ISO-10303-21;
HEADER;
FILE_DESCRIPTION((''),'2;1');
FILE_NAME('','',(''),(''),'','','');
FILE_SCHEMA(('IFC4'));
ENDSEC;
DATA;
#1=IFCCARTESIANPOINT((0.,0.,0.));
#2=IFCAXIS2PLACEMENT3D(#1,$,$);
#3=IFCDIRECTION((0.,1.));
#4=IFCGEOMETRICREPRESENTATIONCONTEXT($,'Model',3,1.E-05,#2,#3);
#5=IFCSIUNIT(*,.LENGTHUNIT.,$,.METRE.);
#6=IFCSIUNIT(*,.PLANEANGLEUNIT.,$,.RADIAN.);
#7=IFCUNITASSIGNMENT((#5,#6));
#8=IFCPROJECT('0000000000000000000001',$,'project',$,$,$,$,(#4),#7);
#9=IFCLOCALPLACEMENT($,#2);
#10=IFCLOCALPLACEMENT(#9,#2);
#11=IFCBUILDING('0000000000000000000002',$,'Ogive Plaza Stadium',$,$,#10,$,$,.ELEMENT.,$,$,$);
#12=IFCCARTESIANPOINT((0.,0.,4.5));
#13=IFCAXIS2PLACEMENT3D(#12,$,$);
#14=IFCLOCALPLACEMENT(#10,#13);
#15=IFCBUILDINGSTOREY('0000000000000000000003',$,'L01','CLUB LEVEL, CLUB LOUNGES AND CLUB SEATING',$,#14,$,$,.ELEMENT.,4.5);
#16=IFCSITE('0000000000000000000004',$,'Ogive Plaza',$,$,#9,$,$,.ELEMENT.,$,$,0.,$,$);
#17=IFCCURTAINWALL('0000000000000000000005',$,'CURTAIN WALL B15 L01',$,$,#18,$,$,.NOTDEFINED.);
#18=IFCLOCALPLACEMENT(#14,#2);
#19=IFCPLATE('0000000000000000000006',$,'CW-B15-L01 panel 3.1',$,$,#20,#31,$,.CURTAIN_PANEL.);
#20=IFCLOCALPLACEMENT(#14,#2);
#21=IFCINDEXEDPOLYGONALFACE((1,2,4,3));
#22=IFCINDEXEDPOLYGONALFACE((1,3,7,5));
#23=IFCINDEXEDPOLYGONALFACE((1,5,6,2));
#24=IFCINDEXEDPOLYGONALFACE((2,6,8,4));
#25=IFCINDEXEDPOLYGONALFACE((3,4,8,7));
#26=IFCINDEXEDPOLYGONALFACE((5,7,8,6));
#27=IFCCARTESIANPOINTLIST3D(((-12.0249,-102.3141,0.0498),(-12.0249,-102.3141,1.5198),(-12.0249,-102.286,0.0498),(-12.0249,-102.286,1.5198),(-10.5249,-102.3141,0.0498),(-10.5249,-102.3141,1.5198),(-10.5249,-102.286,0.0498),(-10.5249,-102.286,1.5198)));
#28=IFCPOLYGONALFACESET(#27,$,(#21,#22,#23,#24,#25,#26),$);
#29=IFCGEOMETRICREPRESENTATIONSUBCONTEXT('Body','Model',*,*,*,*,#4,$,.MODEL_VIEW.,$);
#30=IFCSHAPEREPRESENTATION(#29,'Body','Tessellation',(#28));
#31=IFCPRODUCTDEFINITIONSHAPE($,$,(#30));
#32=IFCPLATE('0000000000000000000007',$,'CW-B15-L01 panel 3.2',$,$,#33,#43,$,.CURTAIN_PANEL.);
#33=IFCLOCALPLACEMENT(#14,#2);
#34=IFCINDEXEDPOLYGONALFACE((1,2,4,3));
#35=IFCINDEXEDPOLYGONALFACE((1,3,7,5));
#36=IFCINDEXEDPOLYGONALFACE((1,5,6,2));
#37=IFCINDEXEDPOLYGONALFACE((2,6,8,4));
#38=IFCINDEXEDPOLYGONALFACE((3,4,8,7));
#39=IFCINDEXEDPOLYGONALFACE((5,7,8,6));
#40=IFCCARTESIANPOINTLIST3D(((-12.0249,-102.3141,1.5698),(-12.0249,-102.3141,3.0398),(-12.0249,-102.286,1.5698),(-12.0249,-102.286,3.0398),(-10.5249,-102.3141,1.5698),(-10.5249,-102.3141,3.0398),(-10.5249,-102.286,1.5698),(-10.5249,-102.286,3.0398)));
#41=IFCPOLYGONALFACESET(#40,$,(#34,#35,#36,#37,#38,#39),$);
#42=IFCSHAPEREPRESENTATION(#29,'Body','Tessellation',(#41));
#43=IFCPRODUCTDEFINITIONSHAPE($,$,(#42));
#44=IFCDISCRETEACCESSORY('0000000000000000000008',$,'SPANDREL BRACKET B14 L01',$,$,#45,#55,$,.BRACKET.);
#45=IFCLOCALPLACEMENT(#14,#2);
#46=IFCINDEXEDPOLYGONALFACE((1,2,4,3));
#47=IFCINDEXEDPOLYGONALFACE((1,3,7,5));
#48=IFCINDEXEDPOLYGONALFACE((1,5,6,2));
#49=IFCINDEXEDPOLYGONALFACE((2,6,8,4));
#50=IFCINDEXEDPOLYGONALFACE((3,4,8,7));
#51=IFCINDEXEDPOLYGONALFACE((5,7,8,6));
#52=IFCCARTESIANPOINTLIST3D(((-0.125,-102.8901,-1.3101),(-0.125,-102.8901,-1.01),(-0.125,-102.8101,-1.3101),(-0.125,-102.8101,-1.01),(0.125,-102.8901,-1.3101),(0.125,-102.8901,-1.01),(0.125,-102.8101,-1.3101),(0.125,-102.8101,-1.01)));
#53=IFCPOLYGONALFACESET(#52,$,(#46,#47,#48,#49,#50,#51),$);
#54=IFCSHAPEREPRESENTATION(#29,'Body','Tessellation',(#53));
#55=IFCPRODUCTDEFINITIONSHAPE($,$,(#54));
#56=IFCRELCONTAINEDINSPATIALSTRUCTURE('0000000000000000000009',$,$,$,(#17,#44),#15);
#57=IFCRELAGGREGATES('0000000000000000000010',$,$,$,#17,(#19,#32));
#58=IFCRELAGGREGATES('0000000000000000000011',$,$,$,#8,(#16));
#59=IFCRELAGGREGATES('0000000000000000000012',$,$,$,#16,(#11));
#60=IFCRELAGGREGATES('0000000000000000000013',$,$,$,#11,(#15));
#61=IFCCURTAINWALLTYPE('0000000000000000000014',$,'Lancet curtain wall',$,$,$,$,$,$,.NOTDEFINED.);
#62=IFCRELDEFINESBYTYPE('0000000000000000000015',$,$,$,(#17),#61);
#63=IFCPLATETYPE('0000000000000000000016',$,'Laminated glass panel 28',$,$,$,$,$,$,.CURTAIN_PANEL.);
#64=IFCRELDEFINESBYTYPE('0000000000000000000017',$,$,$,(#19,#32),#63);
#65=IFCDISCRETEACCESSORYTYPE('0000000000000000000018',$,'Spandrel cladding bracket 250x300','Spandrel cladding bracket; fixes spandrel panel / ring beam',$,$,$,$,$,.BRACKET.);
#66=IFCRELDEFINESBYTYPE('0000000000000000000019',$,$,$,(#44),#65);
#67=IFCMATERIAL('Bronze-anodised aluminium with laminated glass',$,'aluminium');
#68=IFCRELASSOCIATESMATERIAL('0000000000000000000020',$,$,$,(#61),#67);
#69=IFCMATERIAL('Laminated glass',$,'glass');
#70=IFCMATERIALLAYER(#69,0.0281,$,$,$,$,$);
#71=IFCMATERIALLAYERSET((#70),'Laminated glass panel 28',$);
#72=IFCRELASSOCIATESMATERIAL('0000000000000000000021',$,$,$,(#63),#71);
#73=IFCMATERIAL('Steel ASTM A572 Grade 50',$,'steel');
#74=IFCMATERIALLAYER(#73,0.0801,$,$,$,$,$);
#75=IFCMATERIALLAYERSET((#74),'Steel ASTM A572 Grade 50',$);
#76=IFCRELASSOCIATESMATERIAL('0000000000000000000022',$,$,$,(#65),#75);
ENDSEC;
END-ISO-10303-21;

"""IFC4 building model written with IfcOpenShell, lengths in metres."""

from ifc_helpers import new_model, si_unit, direction, frame, origin, origin_2d, place, context, subcontext, project, spatial, rectangle, extrude, material, layer, layer_set, type_object, element, aggregate, save


model = new_model("IFC4")

# Units and contexts
model_context = context("Model", 3, precision=1e-05, world=origin(), true_north=direction((0.0, 1.0)))
body_context = subcontext(model_context, "Body", "Model", "MODEL_VIEW")
ifc_project = project(units=[si_unit("LENGTHUNIT", "METRE"), si_unit("PLANEANGLEUNIT", "RADIAN")], contexts=[model_context])

# Site, building, storey
site_placement = place(None, origin())
site = spatial("IfcSite", under=ifc_project, at=site_placement, Name="Ogive Plaza", CompositionType="ELEMENT", RefElevation=0.0)
building_placement = place(site_placement, origin())
building = spatial("IfcBuilding", under=site, at=building_placement, Name="Ogive Plaza Stadium", CompositionType="ELEMENT")
storey_placement = place(building_placement, frame((0.0, 0.0, 4.5)))
storey = spatial("IfcBuildingStorey", under=building, at=storey_placement, Name="L01", Description="CLUB LEVEL, CLUB LOUNGES AND CLUB SEATING", CompositionType="ELEMENT", Elevation=4.5)

# Curtain wall
ifc_material_1 = material(Name="Bronze-anodised aluminium with laminated glass", Category="aluminium")
curtain_wall_type = type_object("IfcCurtainWallType", Name="Lancet curtain wall", PredefinedType="NOTDEFINED", material=ifc_material_1)
curtain_wall_1_placement = place(storey_placement, origin())
curtain_wall_1 = element("IfcCurtainWall", 1, at=curtain_wall_1_placement, inside=storey, type_object=curtain_wall_type, Name="CURTAIN WALL B15 L01", PredefinedType="NOTDEFINED")

# Plates
ifc_material_2 = material(Name="Laminated glass", Category="glass")
ifc_layer_1 = layer(ifc_material_2, 0.0281)
ifc_layer_set_1 = layer_set([ifc_layer_1], Name="Laminated glass panel 28")
plate_type = type_object("IfcPlateType", Name="Laminated glass panel 28", PredefinedType="CURTAIN_PANEL", material=ifc_layer_set_1)
plate_1_placement = place(storey_placement, frame((-11.2749, -102.3, 0.0498), z_axis=(0.0, 0.0, 1.0), x_axis=(-1.0, 0.0, 0.0)))
plate_1 = element("IfcPlate", 2, at=plate_1_placement, type_object=plate_type, Name="CW-B15-L01 panel 3.1", PredefinedType="CURTAIN_PANEL", context=body_context, shape_type="SweptSolid", body=[
    extrude(rectangle(XDim=1.5, YDim=0.0281, at=origin_2d()), origin(), (0.0, 0.0, 1.0), 1.47),
])
plate_2_placement = place(storey_placement, frame((-11.2749, -102.3, 1.5698), z_axis=(0.0, 0.0, 1.0), x_axis=(-1.0, 0.0, 0.0)))
plate_2 = element("IfcPlate", 3, at=plate_2_placement, type_object=plate_type, Name="CW-B15-L01 panel 3.2", PredefinedType="CURTAIN_PANEL", context=body_context, shape_type="SweptSolid", body=[
    extrude(rectangle(XDim=1.5, YDim=0.0281, at=origin_2d()), origin(), (0.0, 0.0, 1.0), 1.47),
])
aggregate(curtain_wall_1, [plate_1, plate_2])

# Discrete accessory
ifc_material_3 = material(Name="Steel ASTM A572 Grade 50", Category="steel")
ifc_layer_2 = layer(ifc_material_3, 0.0801)
ifc_layer_set_2 = layer_set([ifc_layer_2], Name="Steel ASTM A572 Grade 50")
discrete_accessory_type = type_object("IfcDiscreteAccessoryType", Name="Spandrel cladding bracket 250x300", Description="Spandrel cladding bracket; fixes spandrel panel / ring beam", PredefinedType="BRACKET", material=ifc_layer_set_2)
discrete_accessory_placement = place(storey_placement, frame((0.0, -102.8501, -1.3101), z_axis=(0.0, 0.0, 1.0), x_axis=(-1.0, 0.0, 0.0)))
element("IfcDiscreteAccessory", 4, at=discrete_accessory_placement, inside=storey, type_object=discrete_accessory_type, Name="SPANDREL BRACKET B14 L01", PredefinedType="BRACKET", context=body_context, shape_type="SweptSolid", body=[
    extrude(rectangle(XDim=0.25, YDim=0.0801, at=origin_2d()), origin(), (0.0, 0.0, 1.0), 0.3),
])

save(model, "model.ifc")
